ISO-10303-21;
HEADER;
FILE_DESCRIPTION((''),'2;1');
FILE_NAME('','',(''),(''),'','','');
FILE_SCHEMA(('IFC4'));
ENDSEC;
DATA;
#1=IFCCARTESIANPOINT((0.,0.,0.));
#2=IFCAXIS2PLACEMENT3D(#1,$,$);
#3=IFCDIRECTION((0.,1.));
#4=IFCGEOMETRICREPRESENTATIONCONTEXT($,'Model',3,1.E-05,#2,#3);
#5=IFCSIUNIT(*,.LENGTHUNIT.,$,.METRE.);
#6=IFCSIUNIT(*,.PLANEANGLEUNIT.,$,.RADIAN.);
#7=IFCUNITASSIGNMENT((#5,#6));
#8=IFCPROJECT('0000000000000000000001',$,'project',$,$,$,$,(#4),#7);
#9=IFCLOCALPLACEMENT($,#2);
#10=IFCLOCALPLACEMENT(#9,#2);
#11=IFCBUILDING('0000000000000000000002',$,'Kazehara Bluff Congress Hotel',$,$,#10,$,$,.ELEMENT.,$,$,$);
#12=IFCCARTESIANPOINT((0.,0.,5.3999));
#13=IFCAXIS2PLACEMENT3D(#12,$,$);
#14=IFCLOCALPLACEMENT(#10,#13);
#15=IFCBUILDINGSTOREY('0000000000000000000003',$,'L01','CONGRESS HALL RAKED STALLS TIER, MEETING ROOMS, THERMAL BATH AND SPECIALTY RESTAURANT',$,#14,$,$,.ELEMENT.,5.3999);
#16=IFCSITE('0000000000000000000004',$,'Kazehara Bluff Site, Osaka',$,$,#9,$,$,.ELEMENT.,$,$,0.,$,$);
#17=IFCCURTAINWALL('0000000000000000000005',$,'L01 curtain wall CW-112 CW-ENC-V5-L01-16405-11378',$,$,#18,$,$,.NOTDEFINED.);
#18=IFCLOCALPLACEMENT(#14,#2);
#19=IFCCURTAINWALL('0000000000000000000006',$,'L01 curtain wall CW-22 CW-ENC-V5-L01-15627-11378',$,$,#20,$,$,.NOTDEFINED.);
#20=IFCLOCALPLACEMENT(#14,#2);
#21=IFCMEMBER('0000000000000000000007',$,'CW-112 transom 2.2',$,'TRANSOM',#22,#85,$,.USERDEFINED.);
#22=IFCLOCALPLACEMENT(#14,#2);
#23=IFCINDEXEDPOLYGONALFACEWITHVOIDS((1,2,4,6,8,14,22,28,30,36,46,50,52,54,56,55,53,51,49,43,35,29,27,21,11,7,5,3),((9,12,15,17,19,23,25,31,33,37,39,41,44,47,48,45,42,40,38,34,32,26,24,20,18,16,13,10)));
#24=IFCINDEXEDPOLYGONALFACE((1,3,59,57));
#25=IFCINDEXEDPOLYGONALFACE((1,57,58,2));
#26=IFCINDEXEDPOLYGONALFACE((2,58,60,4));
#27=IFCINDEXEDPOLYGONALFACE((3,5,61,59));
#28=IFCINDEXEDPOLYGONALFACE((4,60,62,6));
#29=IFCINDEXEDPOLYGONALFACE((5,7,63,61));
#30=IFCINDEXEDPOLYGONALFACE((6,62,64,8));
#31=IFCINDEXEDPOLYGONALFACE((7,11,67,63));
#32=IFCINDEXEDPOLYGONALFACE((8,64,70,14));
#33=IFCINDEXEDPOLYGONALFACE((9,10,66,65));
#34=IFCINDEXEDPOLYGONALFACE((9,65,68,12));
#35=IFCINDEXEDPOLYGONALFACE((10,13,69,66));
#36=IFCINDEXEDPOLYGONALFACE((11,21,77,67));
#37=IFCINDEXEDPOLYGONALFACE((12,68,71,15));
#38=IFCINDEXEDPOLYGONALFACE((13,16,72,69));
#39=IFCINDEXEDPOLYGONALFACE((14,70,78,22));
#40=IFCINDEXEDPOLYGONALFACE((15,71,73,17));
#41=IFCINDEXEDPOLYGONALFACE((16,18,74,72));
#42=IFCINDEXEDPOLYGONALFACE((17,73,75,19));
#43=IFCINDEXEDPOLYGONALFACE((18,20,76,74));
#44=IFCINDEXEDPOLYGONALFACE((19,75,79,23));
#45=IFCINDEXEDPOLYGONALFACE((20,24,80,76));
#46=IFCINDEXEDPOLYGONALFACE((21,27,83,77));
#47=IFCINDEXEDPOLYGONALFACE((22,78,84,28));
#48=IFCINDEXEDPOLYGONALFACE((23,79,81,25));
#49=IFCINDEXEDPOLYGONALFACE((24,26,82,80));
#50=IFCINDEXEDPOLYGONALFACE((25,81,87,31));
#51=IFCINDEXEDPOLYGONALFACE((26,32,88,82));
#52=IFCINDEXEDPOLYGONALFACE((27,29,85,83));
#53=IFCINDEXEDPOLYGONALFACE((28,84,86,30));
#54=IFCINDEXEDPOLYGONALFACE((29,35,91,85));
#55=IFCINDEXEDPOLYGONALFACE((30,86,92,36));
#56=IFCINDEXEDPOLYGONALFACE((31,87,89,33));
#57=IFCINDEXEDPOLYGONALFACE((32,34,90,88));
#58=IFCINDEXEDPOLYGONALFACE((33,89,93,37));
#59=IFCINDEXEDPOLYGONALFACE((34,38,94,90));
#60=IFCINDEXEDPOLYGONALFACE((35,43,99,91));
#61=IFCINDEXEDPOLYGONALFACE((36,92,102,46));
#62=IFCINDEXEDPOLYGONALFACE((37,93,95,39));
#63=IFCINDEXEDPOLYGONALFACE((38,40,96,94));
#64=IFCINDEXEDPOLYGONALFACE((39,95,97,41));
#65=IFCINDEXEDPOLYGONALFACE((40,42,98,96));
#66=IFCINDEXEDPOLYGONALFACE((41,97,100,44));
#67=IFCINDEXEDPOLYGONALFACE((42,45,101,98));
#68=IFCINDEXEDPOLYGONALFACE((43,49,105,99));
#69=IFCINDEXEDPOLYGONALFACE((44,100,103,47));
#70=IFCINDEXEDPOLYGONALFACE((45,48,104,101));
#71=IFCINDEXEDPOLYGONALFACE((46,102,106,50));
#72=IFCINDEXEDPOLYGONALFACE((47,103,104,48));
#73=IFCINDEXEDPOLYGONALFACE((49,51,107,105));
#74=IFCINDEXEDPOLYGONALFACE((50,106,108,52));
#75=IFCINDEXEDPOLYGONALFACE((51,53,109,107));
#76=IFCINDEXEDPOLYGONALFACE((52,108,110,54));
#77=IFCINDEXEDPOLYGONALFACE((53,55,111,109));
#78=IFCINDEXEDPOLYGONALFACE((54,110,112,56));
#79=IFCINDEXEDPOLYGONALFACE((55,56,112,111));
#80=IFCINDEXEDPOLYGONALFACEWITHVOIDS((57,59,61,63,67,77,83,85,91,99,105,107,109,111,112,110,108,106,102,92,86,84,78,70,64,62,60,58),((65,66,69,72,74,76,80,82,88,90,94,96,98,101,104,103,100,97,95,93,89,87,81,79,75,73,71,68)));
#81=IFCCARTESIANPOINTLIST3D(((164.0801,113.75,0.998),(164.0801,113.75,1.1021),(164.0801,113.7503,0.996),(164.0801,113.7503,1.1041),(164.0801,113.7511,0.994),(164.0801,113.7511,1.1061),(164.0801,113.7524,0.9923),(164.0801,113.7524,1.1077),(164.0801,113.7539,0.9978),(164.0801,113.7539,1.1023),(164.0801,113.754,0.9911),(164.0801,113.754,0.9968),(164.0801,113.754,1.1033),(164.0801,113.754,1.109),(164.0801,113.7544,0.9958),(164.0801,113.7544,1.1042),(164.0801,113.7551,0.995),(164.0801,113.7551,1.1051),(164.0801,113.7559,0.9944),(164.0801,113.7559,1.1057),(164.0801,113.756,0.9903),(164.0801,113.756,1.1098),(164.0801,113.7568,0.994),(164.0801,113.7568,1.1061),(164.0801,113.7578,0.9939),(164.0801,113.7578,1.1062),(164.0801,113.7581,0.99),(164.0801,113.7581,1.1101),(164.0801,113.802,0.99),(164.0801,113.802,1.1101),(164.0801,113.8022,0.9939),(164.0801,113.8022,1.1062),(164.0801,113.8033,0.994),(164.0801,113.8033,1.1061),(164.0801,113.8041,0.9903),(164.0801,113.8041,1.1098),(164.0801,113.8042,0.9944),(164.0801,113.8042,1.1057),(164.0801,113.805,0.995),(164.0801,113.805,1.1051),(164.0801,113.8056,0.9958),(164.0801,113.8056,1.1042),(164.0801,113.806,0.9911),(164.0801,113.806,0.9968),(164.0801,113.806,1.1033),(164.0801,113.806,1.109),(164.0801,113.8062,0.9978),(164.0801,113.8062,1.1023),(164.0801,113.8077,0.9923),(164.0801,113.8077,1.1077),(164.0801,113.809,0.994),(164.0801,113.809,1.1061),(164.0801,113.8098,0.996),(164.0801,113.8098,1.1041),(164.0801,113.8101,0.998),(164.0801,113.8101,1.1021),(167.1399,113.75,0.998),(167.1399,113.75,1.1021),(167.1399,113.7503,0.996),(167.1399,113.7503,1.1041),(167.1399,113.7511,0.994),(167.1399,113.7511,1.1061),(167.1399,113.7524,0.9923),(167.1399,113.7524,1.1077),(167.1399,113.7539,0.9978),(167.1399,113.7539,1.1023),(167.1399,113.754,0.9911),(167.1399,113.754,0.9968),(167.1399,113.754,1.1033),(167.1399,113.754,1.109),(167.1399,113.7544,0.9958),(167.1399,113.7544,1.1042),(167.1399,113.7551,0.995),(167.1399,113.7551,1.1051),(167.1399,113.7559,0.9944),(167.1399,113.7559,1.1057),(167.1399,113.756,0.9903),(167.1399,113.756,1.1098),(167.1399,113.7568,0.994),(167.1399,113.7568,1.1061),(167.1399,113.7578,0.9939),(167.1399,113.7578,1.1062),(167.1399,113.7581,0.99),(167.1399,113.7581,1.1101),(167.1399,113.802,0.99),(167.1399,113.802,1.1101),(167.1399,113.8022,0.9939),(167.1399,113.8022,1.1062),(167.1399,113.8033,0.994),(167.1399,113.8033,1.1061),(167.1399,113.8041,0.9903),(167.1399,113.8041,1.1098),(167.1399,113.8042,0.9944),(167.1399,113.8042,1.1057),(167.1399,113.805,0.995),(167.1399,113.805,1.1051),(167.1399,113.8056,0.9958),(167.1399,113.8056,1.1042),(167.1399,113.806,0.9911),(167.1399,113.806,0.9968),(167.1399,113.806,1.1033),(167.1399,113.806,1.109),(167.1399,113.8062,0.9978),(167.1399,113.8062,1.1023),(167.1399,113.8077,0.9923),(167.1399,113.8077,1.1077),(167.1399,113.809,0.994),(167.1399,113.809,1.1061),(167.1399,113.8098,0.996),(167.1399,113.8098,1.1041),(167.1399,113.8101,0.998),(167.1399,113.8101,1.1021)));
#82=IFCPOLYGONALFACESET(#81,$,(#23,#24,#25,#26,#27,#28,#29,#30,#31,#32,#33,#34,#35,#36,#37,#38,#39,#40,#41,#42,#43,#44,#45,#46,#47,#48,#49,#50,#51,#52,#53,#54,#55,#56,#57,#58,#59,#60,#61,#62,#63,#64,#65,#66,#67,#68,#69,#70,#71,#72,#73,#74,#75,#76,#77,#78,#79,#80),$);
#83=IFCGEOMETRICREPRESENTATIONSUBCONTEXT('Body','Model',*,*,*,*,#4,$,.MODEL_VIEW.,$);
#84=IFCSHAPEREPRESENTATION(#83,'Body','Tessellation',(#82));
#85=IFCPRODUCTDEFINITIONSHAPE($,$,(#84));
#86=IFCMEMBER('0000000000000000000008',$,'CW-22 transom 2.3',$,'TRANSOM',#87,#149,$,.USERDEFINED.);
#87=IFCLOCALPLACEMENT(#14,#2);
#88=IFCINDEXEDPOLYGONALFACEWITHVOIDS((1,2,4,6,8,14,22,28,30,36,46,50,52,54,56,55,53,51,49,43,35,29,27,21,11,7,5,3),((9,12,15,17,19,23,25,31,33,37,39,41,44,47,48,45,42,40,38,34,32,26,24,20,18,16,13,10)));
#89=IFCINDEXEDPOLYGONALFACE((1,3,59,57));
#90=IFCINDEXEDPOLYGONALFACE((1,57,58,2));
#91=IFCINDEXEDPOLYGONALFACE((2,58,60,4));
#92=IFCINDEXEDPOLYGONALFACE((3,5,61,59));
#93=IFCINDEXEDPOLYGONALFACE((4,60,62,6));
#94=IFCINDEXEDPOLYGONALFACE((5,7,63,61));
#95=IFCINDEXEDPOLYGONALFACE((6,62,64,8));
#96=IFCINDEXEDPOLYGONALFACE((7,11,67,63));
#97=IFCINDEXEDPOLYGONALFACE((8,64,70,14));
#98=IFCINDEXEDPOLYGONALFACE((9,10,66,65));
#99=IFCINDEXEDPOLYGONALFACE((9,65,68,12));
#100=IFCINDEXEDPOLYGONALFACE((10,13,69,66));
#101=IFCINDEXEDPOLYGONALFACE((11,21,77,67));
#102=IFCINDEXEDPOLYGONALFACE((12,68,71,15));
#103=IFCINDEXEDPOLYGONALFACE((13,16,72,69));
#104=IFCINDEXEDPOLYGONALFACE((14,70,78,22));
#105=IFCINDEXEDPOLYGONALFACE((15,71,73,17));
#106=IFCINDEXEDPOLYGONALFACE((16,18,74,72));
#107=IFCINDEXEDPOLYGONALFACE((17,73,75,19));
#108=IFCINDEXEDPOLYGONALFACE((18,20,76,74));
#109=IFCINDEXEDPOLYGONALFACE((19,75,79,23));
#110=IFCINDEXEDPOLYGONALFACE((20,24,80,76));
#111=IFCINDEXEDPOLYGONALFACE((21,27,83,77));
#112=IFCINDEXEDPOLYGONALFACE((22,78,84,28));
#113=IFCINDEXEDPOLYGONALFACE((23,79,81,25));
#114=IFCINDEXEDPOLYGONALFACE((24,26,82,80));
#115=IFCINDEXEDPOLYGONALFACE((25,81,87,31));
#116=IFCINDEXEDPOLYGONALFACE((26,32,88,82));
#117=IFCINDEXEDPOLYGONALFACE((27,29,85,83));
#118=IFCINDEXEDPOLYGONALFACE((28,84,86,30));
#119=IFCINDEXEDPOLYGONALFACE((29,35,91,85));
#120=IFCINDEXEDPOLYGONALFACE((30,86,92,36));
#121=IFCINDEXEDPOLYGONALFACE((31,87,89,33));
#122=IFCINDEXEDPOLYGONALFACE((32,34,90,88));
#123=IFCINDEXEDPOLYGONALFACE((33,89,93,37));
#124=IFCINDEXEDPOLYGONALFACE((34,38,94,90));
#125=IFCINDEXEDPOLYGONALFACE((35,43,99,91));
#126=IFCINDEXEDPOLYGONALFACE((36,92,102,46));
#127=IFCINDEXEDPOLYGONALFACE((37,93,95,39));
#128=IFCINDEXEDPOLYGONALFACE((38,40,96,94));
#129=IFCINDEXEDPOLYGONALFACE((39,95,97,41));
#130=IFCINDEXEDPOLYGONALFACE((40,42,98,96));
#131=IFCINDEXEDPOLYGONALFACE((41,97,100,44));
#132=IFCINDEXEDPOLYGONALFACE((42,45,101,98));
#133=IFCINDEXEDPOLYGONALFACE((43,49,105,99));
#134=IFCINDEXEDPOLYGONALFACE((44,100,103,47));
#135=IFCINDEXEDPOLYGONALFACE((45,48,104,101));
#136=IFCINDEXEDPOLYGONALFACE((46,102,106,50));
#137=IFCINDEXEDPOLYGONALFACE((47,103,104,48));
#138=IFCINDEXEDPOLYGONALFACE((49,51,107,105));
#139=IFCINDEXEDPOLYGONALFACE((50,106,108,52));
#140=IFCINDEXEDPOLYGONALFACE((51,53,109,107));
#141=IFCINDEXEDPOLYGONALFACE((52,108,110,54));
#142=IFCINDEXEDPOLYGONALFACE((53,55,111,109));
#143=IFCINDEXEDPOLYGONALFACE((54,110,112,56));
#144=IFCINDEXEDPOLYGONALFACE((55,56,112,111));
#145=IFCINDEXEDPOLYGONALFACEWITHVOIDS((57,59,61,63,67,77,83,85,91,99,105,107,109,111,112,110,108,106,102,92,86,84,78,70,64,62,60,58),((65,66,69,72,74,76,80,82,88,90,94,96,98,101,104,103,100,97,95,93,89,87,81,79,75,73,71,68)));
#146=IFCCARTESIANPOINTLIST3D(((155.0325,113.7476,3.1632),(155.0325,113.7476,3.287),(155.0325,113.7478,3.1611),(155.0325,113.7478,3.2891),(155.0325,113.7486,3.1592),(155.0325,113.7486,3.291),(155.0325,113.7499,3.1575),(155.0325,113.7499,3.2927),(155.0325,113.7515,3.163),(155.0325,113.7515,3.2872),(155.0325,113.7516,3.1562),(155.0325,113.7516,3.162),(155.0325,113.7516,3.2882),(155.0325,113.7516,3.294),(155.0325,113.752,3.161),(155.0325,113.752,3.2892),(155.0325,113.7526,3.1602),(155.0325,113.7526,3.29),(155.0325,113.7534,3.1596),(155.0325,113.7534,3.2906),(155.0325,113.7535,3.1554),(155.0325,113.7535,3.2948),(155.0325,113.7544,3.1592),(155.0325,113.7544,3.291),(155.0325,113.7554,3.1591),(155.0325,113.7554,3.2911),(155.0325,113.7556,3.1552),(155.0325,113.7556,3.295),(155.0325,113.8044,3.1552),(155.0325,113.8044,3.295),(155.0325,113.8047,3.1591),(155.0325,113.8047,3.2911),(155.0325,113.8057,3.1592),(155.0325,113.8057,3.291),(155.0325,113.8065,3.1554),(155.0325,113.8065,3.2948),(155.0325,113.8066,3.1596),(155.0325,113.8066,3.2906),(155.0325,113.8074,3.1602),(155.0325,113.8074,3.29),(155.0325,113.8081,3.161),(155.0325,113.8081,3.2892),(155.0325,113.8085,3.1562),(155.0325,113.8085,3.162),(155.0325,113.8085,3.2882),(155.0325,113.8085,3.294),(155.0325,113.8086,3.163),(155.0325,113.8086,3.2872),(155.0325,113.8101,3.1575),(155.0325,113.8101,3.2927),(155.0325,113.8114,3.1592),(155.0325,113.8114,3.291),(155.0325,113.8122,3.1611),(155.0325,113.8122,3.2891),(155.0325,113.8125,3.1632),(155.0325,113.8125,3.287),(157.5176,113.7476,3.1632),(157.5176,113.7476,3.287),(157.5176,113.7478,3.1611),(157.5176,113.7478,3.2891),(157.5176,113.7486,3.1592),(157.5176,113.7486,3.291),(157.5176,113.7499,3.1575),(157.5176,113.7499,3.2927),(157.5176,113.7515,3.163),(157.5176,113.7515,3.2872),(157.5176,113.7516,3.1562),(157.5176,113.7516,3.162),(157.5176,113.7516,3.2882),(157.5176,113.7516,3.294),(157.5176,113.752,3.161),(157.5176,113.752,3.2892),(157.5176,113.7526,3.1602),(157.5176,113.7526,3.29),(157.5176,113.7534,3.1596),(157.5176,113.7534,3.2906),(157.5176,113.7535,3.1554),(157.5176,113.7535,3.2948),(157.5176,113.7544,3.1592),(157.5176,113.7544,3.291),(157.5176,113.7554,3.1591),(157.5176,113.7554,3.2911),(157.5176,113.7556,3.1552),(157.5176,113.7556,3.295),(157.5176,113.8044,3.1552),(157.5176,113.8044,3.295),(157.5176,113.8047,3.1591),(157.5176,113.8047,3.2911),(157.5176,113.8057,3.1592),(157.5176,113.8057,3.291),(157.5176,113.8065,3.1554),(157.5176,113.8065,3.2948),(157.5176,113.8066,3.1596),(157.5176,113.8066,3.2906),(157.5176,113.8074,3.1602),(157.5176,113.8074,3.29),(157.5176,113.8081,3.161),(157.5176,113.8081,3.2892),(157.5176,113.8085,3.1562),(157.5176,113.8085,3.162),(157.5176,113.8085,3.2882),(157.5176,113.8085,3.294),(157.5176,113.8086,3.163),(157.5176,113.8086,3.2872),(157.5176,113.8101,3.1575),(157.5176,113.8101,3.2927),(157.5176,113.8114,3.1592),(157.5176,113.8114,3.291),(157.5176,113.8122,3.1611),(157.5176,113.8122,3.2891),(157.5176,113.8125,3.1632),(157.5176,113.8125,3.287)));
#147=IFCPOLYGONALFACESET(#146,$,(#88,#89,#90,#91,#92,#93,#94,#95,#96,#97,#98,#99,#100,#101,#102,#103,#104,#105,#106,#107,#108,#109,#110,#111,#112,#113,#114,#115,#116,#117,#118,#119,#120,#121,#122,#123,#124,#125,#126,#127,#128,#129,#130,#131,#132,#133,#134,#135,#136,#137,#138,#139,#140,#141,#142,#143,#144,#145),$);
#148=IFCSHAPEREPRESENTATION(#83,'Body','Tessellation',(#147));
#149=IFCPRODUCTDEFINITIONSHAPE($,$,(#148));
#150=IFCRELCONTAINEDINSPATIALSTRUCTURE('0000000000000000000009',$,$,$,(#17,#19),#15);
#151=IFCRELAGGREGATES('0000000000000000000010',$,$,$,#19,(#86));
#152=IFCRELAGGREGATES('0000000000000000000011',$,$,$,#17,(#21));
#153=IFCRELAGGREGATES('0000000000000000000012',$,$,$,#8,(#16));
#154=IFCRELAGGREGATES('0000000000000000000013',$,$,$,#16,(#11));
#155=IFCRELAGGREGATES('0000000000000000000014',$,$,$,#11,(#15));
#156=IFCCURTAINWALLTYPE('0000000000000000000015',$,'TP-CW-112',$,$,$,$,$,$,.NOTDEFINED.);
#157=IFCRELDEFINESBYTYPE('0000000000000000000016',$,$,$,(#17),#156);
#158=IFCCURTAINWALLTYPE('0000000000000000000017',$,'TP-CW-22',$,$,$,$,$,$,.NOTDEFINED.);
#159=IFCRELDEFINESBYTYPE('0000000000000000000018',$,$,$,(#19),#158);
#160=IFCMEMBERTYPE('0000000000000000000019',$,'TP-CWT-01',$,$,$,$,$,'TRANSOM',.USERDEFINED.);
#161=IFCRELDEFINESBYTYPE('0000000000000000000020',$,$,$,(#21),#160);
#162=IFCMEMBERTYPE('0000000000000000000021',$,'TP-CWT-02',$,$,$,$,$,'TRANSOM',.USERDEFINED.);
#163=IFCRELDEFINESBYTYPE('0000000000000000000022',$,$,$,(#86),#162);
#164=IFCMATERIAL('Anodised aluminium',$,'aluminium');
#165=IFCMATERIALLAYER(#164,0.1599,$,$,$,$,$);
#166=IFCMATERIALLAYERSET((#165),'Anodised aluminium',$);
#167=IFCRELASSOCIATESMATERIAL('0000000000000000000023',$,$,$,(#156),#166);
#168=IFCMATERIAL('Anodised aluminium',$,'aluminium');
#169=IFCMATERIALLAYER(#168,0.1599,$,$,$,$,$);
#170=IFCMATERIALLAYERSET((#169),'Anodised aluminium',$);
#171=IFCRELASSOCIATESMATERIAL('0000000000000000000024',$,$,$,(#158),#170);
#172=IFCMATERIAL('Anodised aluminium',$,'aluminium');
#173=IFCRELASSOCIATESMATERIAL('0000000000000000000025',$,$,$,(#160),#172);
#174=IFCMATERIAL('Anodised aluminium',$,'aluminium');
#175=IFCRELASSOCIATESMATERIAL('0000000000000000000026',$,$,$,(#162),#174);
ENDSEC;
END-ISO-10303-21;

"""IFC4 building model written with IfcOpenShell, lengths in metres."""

from ifc_helpers import new_model, si_unit, direction, frame, origin, origin_2d, place, context, subcontext, project, spatial, hollow_rectangle, extrude, material, layer, layer_set, material_profile, profile_set, type_object, element, aggregate, save


model = new_model("IFC4")

# Units and contexts
model_context = context("Model", 3, precision=1e-05, world=origin(), true_north=direction((0.0, 1.0)))
body_context = subcontext(model_context, "Body", "Model", "MODEL_VIEW")
ifc_project = project(units=[si_unit("LENGTHUNIT", "METRE"), si_unit("PLANEANGLEUNIT", "RADIAN")], contexts=[model_context])

# Site, building, storey
site_placement = place(None, origin())
site = spatial("IfcSite", under=ifc_project, at=site_placement, Name="Kazehara Bluff Site, Osaka", CompositionType="ELEMENT", RefElevation=0.0)
building_placement = place(site_placement, origin())
building = spatial("IfcBuilding", under=site, at=building_placement, Name="Kazehara Bluff Congress Hotel", CompositionType="ELEMENT")
storey_placement = place(building_placement, frame((0.0, 0.0, 5.3999)))
storey = spatial("IfcBuildingStorey", under=building, at=storey_placement, Name="L01", Description="CONGRESS HALL RAKED STALLS TIER, MEETING ROOMS, THERMAL BATH AND SPECIALTY RESTAURANT", CompositionType="ELEMENT", Elevation=5.3999)

# Curtain walls
ifc_material_1 = material(Name="Anodised aluminium", Category="aluminium")
ifc_layer_1 = layer(ifc_material_1, 0.1599)
ifc_layer_set_1 = layer_set([ifc_layer_1], Name="Anodised aluminium")
curtain_wall_type_1 = type_object("IfcCurtainWallType", Name="TP-CW-112", PredefinedType="NOTDEFINED", material=ifc_layer_set_1)
curtain_wall_1_placement = place(storey_placement, origin())
curtain_wall_1 = element("IfcCurtainWall", 1, at=curtain_wall_1_placement, inside=storey, type_object=curtain_wall_type_1, Name="L01 curtain wall CW-112 CW-ENC-V5-L01-16405-11378", PredefinedType="NOTDEFINED")
ifc_material_2 = material(Name="Anodised aluminium", Category="aluminium")
ifc_layer_2 = layer(ifc_material_2, 0.1599)
ifc_layer_set_2 = layer_set([ifc_layer_2], Name="Anodised aluminium")
curtain_wall_type_2 = type_object("IfcCurtainWallType", Name="TP-CW-22", PredefinedType="NOTDEFINED", material=ifc_layer_set_2)
curtain_wall_2_placement = place(storey_placement, origin())
curtain_wall_2 = element("IfcCurtainWall", 2, at=curtain_wall_2_placement, inside=storey, type_object=curtain_wall_type_2, Name="L01 curtain wall CW-22 CW-ENC-V5-L01-15627-11378", PredefinedType="NOTDEFINED")

# Members
ifc_material_3 = material(Name="Anodised aluminium", Category="aluminium")
ifc_material_profile_1 = material_profile(ifc_material_3, hollow_rectangle(XDim=0.0601, YDim=0.1201, WallThickness=0.0039, InnerFilletRadius=0.0039, OuterFilletRadius=0.0081, at=origin_2d()))
ifc_profile_set_1 = profile_set([ifc_material_profile_1], Name="Anodised aluminium")
member_type_1 = type_object("IfcMemberType", Name="TP-CWT-01", ElementType="TRANSOM", PredefinedType="USERDEFINED", material=ifc_profile_set_1)
member_1_placement = place(storey_placement, frame((164.0801, 113.78, 1.05), z_axis=(1.0, 0.0, 0.0), x_axis=(0.0, 1.0, 0.0)))
member_1 = element("IfcMember", 3, at=member_1_placement, type_object=member_type_1, Name="CW-112 transom 2.2", ObjectType="TRANSOM", PredefinedType="USERDEFINED", context=body_context, shape_type="SweptSolid", body=[
    extrude(hollow_rectangle(XDim=0.0601, YDim=0.1201, WallThickness=0.0039, InnerFilletRadius=0.0039, OuterFilletRadius=0.0081, at=origin_2d()), origin(), (0.0, 0.0, 1.0), 3.0598),
])
ifc_material_4 = material(Name="Anodised aluminium", Category="aluminium")
ifc_material_profile_2 = material_profile(ifc_material_4, hollow_rectangle(XDim=0.0649, YDim=0.1399, WallThickness=0.0039, InnerFilletRadius=0.0039, OuterFilletRadius=0.0081, at=origin_2d()))
ifc_profile_set_2 = profile_set([ifc_material_profile_2], Name="Anodised aluminium")
member_type_2 = type_object("IfcMemberType", Name="TP-CWT-02", ElementType="TRANSOM", PredefinedType="USERDEFINED", material=ifc_profile_set_2)
member_2_placement = place(storey_placement, frame((155.0325, 113.78, 3.2251), z_axis=(1.0, 0.0, 0.0), x_axis=(0.0, 1.0, 0.0)))
member_2 = element("IfcMember", 4, at=member_2_placement, type_object=member_type_2, Name="CW-22 transom 2.3", ObjectType="TRANSOM", PredefinedType="USERDEFINED", context=body_context, shape_type="SweptSolid", body=[
    extrude(hollow_rectangle(XDim=0.0649, YDim=0.1399, WallThickness=0.0039, InnerFilletRadius=0.0039, OuterFilletRadius=0.0081, at=origin_2d()), origin(), (0.0, 0.0, 1.0), 2.4851),
])

aggregate(curtain_wall_2, [member_2])
aggregate(curtain_wall_1, [member_1])

save(model, "model.ifc")
